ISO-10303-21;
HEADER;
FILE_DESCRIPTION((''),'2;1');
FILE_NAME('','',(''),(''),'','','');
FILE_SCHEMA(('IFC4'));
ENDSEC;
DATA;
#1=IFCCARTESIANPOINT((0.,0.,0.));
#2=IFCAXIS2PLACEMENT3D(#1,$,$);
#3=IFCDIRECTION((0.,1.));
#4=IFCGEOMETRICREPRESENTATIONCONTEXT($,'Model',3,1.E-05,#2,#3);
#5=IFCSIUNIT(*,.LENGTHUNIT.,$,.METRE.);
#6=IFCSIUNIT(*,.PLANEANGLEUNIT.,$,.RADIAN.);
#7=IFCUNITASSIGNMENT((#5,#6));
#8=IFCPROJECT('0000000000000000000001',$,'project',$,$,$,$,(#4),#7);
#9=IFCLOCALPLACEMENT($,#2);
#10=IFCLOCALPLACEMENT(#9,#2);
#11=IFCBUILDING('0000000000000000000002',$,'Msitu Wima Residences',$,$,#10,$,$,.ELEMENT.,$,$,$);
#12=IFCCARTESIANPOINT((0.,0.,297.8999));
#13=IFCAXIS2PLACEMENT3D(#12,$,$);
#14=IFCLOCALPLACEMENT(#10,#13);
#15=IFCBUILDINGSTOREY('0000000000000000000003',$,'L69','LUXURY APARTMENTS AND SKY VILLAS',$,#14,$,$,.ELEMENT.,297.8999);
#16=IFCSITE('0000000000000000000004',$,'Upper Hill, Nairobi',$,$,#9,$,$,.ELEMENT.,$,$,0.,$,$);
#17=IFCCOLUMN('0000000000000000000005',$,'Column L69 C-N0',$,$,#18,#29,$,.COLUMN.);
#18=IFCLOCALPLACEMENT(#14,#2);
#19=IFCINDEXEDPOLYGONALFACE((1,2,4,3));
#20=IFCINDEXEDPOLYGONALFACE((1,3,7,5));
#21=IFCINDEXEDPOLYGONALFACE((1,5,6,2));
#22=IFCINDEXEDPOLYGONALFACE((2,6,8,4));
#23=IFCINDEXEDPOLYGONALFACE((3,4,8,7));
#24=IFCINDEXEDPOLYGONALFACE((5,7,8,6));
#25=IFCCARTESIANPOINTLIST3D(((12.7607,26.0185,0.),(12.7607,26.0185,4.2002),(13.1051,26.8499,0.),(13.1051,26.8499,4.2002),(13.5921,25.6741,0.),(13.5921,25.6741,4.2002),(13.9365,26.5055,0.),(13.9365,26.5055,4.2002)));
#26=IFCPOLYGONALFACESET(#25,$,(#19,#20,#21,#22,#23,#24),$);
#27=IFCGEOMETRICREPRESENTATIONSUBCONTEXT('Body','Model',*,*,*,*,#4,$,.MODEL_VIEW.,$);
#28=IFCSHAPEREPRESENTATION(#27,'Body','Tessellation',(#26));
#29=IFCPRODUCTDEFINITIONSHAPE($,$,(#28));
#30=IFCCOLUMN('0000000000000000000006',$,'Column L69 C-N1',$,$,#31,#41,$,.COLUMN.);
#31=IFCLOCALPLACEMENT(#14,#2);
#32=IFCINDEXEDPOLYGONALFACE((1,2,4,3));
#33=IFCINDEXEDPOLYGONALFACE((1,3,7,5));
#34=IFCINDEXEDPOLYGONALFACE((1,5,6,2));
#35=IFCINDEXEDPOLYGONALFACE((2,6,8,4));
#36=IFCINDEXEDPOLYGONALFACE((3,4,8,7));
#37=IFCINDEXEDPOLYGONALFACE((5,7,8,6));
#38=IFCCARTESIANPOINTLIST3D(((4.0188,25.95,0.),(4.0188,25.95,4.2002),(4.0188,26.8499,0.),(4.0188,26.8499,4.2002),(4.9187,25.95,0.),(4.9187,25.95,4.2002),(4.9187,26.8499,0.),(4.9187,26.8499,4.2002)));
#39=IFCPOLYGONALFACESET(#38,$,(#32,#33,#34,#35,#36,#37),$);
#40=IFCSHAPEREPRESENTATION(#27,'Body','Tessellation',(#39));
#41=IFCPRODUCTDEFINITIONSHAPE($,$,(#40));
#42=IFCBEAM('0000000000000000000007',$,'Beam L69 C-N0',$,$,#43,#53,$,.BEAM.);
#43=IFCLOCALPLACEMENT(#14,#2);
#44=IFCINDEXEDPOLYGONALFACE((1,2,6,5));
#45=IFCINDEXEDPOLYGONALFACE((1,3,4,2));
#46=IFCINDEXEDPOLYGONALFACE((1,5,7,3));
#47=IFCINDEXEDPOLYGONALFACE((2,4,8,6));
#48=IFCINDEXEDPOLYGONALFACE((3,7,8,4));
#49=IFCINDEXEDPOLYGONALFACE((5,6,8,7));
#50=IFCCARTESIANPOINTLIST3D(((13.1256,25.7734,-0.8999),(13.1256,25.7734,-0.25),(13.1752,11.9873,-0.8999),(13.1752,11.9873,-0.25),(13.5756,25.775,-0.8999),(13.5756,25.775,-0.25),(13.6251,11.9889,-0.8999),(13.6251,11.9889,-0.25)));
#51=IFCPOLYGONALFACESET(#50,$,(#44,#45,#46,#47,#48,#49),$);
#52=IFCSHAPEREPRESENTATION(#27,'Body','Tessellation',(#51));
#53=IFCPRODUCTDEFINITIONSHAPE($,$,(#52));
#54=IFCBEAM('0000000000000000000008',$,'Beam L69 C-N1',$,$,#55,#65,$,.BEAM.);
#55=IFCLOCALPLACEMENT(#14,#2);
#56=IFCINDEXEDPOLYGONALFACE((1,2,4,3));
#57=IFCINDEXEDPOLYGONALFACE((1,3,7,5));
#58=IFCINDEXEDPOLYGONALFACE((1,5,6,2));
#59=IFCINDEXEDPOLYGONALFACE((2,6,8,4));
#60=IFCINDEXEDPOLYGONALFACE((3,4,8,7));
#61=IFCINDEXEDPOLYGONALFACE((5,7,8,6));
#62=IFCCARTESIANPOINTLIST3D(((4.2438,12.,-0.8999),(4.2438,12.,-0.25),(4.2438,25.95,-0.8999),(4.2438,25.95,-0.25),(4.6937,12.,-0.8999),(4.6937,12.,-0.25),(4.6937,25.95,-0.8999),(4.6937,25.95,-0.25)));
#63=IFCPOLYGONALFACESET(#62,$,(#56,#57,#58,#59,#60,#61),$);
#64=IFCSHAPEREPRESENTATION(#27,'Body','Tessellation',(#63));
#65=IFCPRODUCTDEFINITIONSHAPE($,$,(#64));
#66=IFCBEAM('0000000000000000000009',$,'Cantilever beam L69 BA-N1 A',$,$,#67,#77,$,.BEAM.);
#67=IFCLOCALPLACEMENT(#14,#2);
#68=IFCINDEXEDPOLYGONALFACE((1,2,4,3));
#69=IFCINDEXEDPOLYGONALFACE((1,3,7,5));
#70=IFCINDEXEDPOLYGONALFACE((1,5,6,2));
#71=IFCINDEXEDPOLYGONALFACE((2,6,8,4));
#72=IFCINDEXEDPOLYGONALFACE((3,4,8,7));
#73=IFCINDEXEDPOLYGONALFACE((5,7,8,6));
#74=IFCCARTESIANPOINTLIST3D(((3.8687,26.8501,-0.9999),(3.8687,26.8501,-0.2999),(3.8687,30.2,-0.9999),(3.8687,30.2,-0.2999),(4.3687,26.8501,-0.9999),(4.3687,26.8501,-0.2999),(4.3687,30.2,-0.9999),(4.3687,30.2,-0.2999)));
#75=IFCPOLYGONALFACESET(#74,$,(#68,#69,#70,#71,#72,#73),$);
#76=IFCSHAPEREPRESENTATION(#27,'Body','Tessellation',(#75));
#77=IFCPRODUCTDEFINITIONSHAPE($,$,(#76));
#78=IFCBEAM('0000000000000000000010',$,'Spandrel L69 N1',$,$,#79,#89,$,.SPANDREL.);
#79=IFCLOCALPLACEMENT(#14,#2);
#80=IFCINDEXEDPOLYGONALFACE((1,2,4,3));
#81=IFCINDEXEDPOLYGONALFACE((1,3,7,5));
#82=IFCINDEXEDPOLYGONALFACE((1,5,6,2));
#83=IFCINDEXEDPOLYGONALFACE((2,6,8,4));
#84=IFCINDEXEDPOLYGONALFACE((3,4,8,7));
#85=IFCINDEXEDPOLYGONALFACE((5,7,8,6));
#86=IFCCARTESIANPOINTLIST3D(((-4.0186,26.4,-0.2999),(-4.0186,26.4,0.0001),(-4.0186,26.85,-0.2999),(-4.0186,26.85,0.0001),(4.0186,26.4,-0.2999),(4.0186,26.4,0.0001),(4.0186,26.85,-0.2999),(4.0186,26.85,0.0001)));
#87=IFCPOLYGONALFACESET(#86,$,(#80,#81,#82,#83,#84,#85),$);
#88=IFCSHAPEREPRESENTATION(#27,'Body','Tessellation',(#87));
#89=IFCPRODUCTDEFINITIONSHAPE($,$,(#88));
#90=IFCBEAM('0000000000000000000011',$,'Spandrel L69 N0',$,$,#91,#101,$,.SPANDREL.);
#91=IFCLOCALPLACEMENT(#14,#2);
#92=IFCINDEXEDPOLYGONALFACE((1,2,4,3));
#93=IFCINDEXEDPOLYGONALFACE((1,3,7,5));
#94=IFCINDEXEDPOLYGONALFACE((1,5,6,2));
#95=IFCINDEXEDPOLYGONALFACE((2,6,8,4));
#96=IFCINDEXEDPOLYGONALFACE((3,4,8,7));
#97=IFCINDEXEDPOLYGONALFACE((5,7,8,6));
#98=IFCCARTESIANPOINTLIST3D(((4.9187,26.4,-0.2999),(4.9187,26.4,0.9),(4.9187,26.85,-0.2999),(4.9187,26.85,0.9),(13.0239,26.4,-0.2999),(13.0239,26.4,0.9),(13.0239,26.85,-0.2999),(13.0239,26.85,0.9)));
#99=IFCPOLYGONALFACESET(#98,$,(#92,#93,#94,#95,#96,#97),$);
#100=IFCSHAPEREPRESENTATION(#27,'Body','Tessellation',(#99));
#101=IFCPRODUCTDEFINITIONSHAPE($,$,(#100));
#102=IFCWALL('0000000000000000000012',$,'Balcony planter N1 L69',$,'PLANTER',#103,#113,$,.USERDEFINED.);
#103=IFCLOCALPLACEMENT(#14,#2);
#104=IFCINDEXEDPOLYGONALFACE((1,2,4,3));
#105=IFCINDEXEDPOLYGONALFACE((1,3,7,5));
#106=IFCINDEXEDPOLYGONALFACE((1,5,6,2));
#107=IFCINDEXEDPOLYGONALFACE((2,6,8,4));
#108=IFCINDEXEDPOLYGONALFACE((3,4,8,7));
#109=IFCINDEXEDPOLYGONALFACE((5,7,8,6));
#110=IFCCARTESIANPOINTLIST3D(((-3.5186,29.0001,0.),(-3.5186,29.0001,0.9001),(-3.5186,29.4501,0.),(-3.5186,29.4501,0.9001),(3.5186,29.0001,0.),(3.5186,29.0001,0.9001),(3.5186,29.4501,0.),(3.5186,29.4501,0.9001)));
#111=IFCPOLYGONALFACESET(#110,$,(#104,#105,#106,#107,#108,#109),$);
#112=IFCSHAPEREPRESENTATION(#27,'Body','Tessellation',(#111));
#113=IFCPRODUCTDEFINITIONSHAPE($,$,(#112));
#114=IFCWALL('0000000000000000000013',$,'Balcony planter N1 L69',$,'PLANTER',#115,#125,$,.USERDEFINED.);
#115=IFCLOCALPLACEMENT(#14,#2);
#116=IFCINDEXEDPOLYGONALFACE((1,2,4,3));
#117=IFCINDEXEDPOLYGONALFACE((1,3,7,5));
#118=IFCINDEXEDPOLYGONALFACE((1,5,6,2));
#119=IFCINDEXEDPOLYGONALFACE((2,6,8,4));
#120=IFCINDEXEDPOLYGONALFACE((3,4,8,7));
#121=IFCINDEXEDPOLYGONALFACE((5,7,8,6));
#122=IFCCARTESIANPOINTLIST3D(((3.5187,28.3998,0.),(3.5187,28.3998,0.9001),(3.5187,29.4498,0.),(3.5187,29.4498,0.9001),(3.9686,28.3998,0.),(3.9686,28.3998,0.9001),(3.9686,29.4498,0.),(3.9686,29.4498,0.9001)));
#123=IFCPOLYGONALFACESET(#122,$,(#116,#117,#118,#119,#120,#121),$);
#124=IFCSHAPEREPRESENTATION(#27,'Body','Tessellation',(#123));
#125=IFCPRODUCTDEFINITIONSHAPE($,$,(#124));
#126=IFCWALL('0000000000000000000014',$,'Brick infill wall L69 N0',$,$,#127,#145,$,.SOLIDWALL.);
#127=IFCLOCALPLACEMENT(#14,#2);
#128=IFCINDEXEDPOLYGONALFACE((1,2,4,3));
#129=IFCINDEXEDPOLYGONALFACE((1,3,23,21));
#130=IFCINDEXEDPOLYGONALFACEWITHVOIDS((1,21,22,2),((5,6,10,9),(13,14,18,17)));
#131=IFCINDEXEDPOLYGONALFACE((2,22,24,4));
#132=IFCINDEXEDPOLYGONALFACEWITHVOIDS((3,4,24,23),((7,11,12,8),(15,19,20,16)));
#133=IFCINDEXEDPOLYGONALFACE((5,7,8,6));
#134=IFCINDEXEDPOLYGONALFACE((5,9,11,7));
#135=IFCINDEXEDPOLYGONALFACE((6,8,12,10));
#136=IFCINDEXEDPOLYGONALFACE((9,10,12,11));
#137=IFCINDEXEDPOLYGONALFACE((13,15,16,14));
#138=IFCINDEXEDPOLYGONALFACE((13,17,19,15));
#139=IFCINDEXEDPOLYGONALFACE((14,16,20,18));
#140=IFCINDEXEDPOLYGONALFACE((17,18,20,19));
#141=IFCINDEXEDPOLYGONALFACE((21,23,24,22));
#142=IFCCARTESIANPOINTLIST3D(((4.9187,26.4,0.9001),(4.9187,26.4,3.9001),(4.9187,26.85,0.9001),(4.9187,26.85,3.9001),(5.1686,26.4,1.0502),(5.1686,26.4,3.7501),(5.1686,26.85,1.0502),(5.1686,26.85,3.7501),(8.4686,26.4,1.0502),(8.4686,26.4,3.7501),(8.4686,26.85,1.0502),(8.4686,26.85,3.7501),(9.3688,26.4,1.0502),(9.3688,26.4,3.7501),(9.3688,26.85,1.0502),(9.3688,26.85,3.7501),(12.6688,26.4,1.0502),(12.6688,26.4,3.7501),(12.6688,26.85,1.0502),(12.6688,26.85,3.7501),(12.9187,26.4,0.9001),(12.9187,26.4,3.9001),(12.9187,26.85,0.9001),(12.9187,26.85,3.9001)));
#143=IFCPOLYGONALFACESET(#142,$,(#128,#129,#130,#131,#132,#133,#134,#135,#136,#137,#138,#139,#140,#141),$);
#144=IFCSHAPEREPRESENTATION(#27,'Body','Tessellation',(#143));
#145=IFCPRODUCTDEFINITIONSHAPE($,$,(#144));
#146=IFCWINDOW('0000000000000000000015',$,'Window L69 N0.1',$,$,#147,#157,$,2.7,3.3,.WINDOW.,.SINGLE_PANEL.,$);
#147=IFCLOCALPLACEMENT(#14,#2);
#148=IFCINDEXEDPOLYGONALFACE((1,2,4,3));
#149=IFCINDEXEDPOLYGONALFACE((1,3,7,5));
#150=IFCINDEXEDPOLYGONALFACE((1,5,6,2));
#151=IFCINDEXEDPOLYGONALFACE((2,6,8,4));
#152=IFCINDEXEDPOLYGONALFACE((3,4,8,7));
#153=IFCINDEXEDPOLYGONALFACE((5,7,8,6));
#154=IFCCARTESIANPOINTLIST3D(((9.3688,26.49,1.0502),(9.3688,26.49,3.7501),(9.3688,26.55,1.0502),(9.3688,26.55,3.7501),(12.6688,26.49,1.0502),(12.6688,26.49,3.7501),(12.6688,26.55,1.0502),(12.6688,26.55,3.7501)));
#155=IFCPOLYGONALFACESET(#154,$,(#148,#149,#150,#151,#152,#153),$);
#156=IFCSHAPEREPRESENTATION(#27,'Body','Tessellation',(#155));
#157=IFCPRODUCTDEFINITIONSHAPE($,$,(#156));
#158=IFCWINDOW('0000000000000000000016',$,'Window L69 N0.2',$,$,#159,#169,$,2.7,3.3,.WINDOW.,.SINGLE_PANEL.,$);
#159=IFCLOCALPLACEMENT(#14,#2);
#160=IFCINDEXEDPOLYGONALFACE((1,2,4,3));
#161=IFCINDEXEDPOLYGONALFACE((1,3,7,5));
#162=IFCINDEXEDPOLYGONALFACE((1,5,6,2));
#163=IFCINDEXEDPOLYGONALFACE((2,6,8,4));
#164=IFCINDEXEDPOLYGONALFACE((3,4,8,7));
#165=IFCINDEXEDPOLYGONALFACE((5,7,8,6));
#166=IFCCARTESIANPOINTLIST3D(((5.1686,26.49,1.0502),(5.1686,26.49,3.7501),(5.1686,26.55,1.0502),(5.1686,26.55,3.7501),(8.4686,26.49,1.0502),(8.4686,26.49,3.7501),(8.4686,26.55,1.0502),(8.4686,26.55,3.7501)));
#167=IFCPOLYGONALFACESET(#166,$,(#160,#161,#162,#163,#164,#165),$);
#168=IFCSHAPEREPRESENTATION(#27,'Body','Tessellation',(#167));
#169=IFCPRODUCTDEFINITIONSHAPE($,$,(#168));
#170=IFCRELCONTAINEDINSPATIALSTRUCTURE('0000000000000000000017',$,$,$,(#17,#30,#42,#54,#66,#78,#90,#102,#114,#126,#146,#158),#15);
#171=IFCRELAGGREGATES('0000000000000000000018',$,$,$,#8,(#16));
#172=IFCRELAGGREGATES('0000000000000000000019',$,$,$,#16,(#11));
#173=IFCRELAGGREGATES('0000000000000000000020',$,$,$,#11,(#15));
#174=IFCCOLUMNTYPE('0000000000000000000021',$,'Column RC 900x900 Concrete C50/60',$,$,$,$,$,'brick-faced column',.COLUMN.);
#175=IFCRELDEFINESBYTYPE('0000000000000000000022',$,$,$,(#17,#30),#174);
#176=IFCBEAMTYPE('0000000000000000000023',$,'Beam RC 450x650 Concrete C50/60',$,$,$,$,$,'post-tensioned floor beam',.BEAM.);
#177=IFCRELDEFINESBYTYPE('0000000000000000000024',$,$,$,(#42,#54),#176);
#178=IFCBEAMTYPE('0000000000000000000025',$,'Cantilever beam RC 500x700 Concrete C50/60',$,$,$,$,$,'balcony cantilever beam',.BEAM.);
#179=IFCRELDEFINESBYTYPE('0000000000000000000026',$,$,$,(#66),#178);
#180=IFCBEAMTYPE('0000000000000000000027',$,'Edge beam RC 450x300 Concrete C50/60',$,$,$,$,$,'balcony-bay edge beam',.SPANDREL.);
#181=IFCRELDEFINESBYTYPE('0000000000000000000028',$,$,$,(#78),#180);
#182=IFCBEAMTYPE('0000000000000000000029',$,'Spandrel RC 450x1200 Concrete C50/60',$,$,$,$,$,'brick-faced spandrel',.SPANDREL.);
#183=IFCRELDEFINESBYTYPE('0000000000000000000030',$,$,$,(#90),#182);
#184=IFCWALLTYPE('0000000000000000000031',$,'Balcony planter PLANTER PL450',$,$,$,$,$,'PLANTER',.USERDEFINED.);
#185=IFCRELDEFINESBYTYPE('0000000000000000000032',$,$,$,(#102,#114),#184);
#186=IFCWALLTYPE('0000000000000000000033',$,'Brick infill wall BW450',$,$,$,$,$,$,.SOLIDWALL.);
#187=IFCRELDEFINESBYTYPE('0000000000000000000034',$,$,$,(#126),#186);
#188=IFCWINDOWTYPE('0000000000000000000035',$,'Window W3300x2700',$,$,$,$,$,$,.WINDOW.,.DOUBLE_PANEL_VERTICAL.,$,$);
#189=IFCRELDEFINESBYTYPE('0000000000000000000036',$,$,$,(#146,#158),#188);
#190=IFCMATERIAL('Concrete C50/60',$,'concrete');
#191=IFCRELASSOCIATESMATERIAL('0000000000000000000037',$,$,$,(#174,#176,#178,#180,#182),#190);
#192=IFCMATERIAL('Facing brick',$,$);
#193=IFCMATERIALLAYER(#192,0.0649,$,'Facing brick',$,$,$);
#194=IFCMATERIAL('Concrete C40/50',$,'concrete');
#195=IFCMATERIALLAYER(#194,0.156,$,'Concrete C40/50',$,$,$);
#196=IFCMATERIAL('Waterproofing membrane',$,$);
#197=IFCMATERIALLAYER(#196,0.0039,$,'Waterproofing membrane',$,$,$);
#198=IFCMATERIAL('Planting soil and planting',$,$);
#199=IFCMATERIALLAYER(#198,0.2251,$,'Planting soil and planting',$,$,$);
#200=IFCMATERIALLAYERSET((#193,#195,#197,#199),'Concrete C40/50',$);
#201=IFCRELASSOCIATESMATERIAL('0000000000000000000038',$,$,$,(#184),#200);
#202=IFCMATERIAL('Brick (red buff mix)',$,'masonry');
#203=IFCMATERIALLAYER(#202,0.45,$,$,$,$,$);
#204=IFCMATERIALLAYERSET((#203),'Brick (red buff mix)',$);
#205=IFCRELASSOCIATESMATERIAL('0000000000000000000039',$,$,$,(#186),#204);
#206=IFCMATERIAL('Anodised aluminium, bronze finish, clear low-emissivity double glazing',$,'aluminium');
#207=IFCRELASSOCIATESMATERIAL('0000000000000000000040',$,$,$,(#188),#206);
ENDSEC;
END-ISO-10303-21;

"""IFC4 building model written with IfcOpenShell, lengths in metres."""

from ifc_helpers import new_model, si_unit, direction, frame, frame_2d, origin, origin_2d, place, context, subcontext, project, spatial, rectangle, extrude, material, layer, layer_set, material_profile, profile_set, type_object, element, fill, save


model = new_model("IFC4")

# Units and contexts
model_context = context("Model", 3, precision=1e-05, world=origin(), true_north=direction((0.0, 1.0)))
body_context = subcontext(model_context, "Body", "Model", "MODEL_VIEW")
ifc_project = project(units=[si_unit("LENGTHUNIT", "METRE"), si_unit("PLANEANGLEUNIT", "RADIAN")], contexts=[model_context])

# Site, building, storey
site_placement = place(None, origin())
site = spatial("IfcSite", under=ifc_project, at=site_placement, Name="Upper Hill, Nairobi", CompositionType="ELEMENT", RefElevation=0.0)
building_placement = place(site_placement, origin())
building = spatial("IfcBuilding", under=site, at=building_placement, Name="Msitu Wima Residences", CompositionType="ELEMENT")
storey_placement = place(building_placement, frame((0.0, 0.0, 297.8999)))
storey = spatial("IfcBuildingStorey", under=building, at=storey_placement, Name="L69", Description="LUXURY APARTMENTS AND SKY VILLAS", CompositionType="ELEMENT", Elevation=297.8999)

# Columns
ifc_material_1 = material(Name="Concrete C50/60", Category="concrete")
ifc_material_profile_1 = material_profile(ifc_material_1, rectangle(XDim=0.8999, YDim=0.8999, at=origin_2d()), Name="RC 900x900")
ifc_profile_set_1 = profile_set([ifc_material_profile_1], Name="Concrete C50/60")
column_type = type_object("IfcColumnType", Name="Column RC 900x900 Concrete C50/60", ElementType="brick-faced column", PredefinedType="COLUMN", material=ifc_profile_set_1)
for number, where, z_axis, x_axis, name in (
    (1, (13.3486, 26.262, 0.0), (0.0, 0.0, 1.0), (-0.92388, 0.382683, 0.0), "Column L69 C-N0"),
    (2, (4.4688, 26.3999, 0.0), (0.0, 0.0, 1.0), (-1.0, 0.0, 0.0), "Column L69 C-N1"),
):
    element("IfcColumn", number, at=place(storey_placement, frame(where, z_axis=z_axis, x_axis=x_axis)), inside=storey, type_object=column_type, Name=name, PredefinedType="COLUMN", context=body_context, shape_type="SweptSolid", body=[
        extrude(rectangle(XDim=0.8999, YDim=0.8999, at=origin_2d()), origin(), (0.0, 0.0, 1.0), 4.2002),
    ])

# Beams
ifc_material_profile_2 = material_profile(ifc_material_1, rectangle(XDim=0.45, YDim=0.6499, at=origin_2d()), Name="RC 450x650")
ifc_profile_set_2 = profile_set([ifc_material_profile_2], Name="Concrete C50/60")
beam_type_1 = type_object("IfcBeamType", Name="Beam RC 450x650 Concrete C50/60", ElementType="post-tensioned floor beam", PredefinedType="BEAM", material=ifc_profile_set_2)
beam_1_placement = place(storey_placement, frame((13.3506, 25.7742, -0.575), z_axis=(0.003595, -0.999994, 0.0), x_axis=(0.999994, 0.003595, 0.0)))
element("IfcBeam", 3, at=beam_1_placement, inside=storey, type_object=beam_type_1, Name="Beam L69 C-N0", PredefinedType="BEAM", context=body_context, shape_type="SweptSolid", body=[
    extrude(rectangle(XDim=0.45, YDim=0.6499, at=origin_2d()), origin(), (0.0, 0.0, 1.0), 13.7861),
])
beam_2_placement = place(storey_placement, frame((4.4688, 25.95, -0.575), z_axis=(0.0, -1.0, 0.0), x_axis=(1.0, 0.0, 0.0)))
element("IfcBeam", 4, at=beam_2_placement, inside=storey, type_object=beam_type_1, Name="Beam L69 C-N1", PredefinedType="BEAM", context=body_context, shape_type="SweptSolid", body=[
    extrude(rectangle(XDim=0.45, YDim=0.6499, at=origin_2d()), origin(), (0.0, 0.0, 1.0), 13.95),
])
ifc_material_profile_3 = material_profile(ifc_material_1, rectangle(XDim=0.5, YDim=0.7, at=origin_2d()), Name="RC 500x700")
ifc_profile_set_3 = profile_set([ifc_material_profile_3], Name="Concrete C50/60")
beam_type_2 = type_object("IfcBeamType", Name="Cantilever beam RC 500x700 Concrete C50/60", ElementType="balcony cantilever beam", PredefinedType="BEAM", material=ifc_profile_set_3)
beam_3_placement = place(storey_placement, frame((4.1187, 26.8501, -0.6499), z_axis=(0.0, 1.0, 0.0), x_axis=(-1.0, 0.0, 0.0)))
element("IfcBeam", 5, at=beam_3_placement, inside=storey, type_object=beam_type_2, Name="Cantilever beam L69 BA-N1 A", PredefinedType="BEAM", context=body_context, shape_type="SweptSolid", body=[
    extrude(rectangle(XDim=0.5, YDim=0.7, at=origin_2d()), origin(), (0.0, 0.0, 1.0), 3.3499),
])
ifc_material_profile_4 = material_profile(ifc_material_1, rectangle(XDim=0.45, YDim=0.3, at=origin_2d()), Name="RC 450x300")
ifc_profile_set_4 = profile_set([ifc_material_profile_4], Name="Concrete C50/60")
beam_type_3 = type_object("IfcBeamType", Name="Edge beam RC 450x300 Concrete C50/60", ElementType="balcony-bay edge beam", PredefinedType="SPANDREL", material=ifc_profile_set_4)
beam_4_placement = place(storey_placement, frame((4.0186, 26.625, -0.1499), z_axis=(-1.0, 0.0, 0.0), x_axis=(0.0, -1.0, 0.0)))
element("IfcBeam", 6, at=beam_4_placement, inside=storey, type_object=beam_type_3, Name="Spandrel L69 N1", PredefinedType="SPANDREL", context=body_context, shape_type="SweptSolid", body=[
    extrude(rectangle(XDim=0.45, YDim=0.3, at=origin_2d()), origin(), (0.0, 0.0, 1.0), 8.0371),
])
ifc_material_profile_5 = material_profile(ifc_material_1, rectangle(XDim=0.45, YDim=1.2, at=origin_2d()), Name="RC 450x1200")
ifc_profile_set_5 = profile_set([ifc_material_profile_5], Name="Concrete C50/60")
beam_type_4 = type_object("IfcBeamType", Name="Spandrel RC 450x1200 Concrete C50/60", ElementType="brick-faced spandrel", PredefinedType="SPANDREL", material=ifc_profile_set_5)
beam_5_placement = place(storey_placement, frame((13.0239, 26.625, 0.3), z_axis=(-1.0, 0.0, 0.0), x_axis=(0.0, -1.0, 0.0)))
element("IfcBeam", 7, at=beam_5_placement, inside=storey, type_object=beam_type_4, Name="Spandrel L69 N0", PredefinedType="SPANDREL", context=body_context, shape_type="SweptSolid", body=[
    extrude(rectangle(XDim=0.45, YDim=1.2, at=origin_2d()), origin(), (0.0, 0.0, 1.0), 8.1052),
])

# Walls
ifc_material_2 = material(Name="Facing brick")
ifc_layer_1 = layer(ifc_material_2, 0.0649, Name="Facing brick")
ifc_material_3 = material(Name="Concrete C40/50", Category="concrete")
ifc_layer_2 = layer(ifc_material_3, 0.156, Name="Concrete C40/50")
ifc_material_4 = material(Name="Waterproofing membrane")
ifc_layer_3 = layer(ifc_material_4, 0.0039, Name="Waterproofing membrane")
ifc_material_5 = material(Name="Planting soil and planting")
ifc_layer_4 = layer(ifc_material_5, 0.2251, Name="Planting soil and planting")
ifc_layer_set_1 = layer_set([ifc_layer_1, ifc_layer_2, ifc_layer_3, ifc_layer_4], Name="Concrete C40/50")
wall_type_1 = type_object("IfcWallType", Name="Balcony planter PLANTER PL450", ElementType="PLANTER", PredefinedType="USERDEFINED", material=ifc_layer_set_1)
wall_1_placement = place(storey_placement, frame((3.5186, 29.2251, 0.0), z_axis=(0.0, 0.0, 1.0), x_axis=(-1.0, 0.0, 0.0)))
element("IfcWall", 8, at=wall_1_placement, inside=storey, type_object=wall_type_1, Name="Balcony planter N1 L69", ObjectType="PLANTER", PredefinedType="USERDEFINED", context=body_context, shape_type="SweptSolid", body=[
    extrude(rectangle(XDim=7.0371, YDim=0.45, at=frame_2d((3.5186, 0.0))), origin(), (0.0, 0.0, 1.0), 0.9001),
])
wall_2_placement = place(storey_placement, frame((3.7437, 28.3999, 0.0), z_axis=(0.0, 0.0, 1.0), x_axis=(0.0, 1.0, 0.0)))
element("IfcWall", 9, at=wall_2_placement, inside=storey, type_object=wall_type_1, Name="Balcony planter N1 L69", ObjectType="PLANTER", PredefinedType="USERDEFINED", context=body_context, shape_type="SweptSolid", body=[
    extrude(rectangle(XDim=1.05, YDim=0.45, at=frame_2d((0.5249, 0.0))), origin(), (0.0, 0.0, 1.0), 0.9001),
])

# Wall, openings, windows
ifc_material_6 = material(Name="Brick (red buff mix)", Category="masonry")
ifc_layer_5 = layer(ifc_material_6, 0.45)
ifc_layer_set_2 = layer_set([ifc_layer_5], Name="Brick (red buff mix)")
wall_type_2 = type_object("IfcWallType", Name="Brick infill wall BW450", PredefinedType="SOLIDWALL", material=ifc_layer_set_2)
wall_3_placement = place(storey_placement, frame((12.9187, 26.625, 0.9001), z_axis=(0.0, 0.0, 1.0), x_axis=(-1.0, 0.0, 0.0)))
wall_3 = element("IfcWall", 10, at=wall_3_placement, inside=storey, type_object=wall_type_2, Name="Brick infill wall L69 N0", PredefinedType="SOLIDWALL", context=body_context, shape_type="SweptSolid", body=[
    extrude(rectangle(XDim=8.0, YDim=0.45, at=frame_2d((4.0, 0.0))), origin(), (0.0, 0.0, 1.0), 3.0),
])
opening_1_placement = place(wall_3_placement, frame((0.25, 0.0, 0.1499)))
opening_1 = element("IfcOpeningElement", 11, at=opening_1_placement, cuts=wall_3, PredefinedType="OPENING", context=body_context, shape_type="SweptSolid", body=[
    extrude(rectangle(XDim=3.3, YDim=2.7, at=frame_2d((1.6499, 1.3501))), frame((0.0, 0.2349, 0.0), z_axis=(0.0, -1.0, 0.0), x_axis=(1.0, 0.0, 0.0)), (0.0, 0.0, 1.0), 0.47),
])
opening_2_placement = place(wall_3_placement, frame((4.4502, 0.0, 0.1499)))
opening_2 = element("IfcOpeningElement", 12, at=opening_2_placement, cuts=wall_3, PredefinedType="OPENING", context=body_context, shape_type="SweptSolid", body=[
    extrude(rectangle(XDim=3.3, YDim=2.7, at=frame_2d((1.6499, 1.3501))), frame((0.0, 0.2349, 0.0), z_axis=(0.0, -1.0, 0.0), x_axis=(1.0, 0.0, 0.0)), (0.0, 0.0, 1.0), 0.47),
])
ifc_material_7 = material(Name="Anodised aluminium, bronze finish, clear low-emissivity double glazing", Category="aluminium")
window_type = type_object("IfcWindowType", Name="Window W3300x2700", PartitioningType="DOUBLE_PANEL_VERTICAL", PredefinedType="WINDOW", material=ifc_material_7)
window_1_placement = place(opening_1_placement, origin())
window_1 = element("IfcWindow", 13, at=window_1_placement, inside=storey, type_object=window_type, Name="Window L69 N0.1", OverallHeight=2.7, OverallWidth=3.3, PartitioningType="SINGLE_PANEL", PredefinedType="WINDOW", context=body_context, shape_type="SweptSolid", body=[
    extrude(rectangle(XDim=3.3, YDim=2.7, at=frame_2d((1.6499, 1.3501))), frame((0.0, 0.135, 0.0), z_axis=(0.0, -1.0, 0.0), x_axis=(1.0, 0.0, 0.0)), (0.0, 0.0, 1.0), 0.0601),
])
fill(opening_1, window_1)
window_2_placement = place(opening_2_placement, origin())
window_2 = element("IfcWindow", 14, at=window_2_placement, inside=storey, type_object=window_type, Name="Window L69 N0.2", OverallHeight=2.7, OverallWidth=3.3, PartitioningType="SINGLE_PANEL", PredefinedType="WINDOW", context=body_context, shape_type="SweptSolid", body=[
    extrude(rectangle(XDim=3.3, YDim=2.7, at=frame_2d((1.6499, 1.3501))), frame((0.0, 0.135, 0.0), z_axis=(0.0, -1.0, 0.0), x_axis=(1.0, 0.0, 0.0)), (0.0, 0.0, 1.0), 0.0601),
])
fill(opening_2, window_2)

save(model, "model.ifc")
